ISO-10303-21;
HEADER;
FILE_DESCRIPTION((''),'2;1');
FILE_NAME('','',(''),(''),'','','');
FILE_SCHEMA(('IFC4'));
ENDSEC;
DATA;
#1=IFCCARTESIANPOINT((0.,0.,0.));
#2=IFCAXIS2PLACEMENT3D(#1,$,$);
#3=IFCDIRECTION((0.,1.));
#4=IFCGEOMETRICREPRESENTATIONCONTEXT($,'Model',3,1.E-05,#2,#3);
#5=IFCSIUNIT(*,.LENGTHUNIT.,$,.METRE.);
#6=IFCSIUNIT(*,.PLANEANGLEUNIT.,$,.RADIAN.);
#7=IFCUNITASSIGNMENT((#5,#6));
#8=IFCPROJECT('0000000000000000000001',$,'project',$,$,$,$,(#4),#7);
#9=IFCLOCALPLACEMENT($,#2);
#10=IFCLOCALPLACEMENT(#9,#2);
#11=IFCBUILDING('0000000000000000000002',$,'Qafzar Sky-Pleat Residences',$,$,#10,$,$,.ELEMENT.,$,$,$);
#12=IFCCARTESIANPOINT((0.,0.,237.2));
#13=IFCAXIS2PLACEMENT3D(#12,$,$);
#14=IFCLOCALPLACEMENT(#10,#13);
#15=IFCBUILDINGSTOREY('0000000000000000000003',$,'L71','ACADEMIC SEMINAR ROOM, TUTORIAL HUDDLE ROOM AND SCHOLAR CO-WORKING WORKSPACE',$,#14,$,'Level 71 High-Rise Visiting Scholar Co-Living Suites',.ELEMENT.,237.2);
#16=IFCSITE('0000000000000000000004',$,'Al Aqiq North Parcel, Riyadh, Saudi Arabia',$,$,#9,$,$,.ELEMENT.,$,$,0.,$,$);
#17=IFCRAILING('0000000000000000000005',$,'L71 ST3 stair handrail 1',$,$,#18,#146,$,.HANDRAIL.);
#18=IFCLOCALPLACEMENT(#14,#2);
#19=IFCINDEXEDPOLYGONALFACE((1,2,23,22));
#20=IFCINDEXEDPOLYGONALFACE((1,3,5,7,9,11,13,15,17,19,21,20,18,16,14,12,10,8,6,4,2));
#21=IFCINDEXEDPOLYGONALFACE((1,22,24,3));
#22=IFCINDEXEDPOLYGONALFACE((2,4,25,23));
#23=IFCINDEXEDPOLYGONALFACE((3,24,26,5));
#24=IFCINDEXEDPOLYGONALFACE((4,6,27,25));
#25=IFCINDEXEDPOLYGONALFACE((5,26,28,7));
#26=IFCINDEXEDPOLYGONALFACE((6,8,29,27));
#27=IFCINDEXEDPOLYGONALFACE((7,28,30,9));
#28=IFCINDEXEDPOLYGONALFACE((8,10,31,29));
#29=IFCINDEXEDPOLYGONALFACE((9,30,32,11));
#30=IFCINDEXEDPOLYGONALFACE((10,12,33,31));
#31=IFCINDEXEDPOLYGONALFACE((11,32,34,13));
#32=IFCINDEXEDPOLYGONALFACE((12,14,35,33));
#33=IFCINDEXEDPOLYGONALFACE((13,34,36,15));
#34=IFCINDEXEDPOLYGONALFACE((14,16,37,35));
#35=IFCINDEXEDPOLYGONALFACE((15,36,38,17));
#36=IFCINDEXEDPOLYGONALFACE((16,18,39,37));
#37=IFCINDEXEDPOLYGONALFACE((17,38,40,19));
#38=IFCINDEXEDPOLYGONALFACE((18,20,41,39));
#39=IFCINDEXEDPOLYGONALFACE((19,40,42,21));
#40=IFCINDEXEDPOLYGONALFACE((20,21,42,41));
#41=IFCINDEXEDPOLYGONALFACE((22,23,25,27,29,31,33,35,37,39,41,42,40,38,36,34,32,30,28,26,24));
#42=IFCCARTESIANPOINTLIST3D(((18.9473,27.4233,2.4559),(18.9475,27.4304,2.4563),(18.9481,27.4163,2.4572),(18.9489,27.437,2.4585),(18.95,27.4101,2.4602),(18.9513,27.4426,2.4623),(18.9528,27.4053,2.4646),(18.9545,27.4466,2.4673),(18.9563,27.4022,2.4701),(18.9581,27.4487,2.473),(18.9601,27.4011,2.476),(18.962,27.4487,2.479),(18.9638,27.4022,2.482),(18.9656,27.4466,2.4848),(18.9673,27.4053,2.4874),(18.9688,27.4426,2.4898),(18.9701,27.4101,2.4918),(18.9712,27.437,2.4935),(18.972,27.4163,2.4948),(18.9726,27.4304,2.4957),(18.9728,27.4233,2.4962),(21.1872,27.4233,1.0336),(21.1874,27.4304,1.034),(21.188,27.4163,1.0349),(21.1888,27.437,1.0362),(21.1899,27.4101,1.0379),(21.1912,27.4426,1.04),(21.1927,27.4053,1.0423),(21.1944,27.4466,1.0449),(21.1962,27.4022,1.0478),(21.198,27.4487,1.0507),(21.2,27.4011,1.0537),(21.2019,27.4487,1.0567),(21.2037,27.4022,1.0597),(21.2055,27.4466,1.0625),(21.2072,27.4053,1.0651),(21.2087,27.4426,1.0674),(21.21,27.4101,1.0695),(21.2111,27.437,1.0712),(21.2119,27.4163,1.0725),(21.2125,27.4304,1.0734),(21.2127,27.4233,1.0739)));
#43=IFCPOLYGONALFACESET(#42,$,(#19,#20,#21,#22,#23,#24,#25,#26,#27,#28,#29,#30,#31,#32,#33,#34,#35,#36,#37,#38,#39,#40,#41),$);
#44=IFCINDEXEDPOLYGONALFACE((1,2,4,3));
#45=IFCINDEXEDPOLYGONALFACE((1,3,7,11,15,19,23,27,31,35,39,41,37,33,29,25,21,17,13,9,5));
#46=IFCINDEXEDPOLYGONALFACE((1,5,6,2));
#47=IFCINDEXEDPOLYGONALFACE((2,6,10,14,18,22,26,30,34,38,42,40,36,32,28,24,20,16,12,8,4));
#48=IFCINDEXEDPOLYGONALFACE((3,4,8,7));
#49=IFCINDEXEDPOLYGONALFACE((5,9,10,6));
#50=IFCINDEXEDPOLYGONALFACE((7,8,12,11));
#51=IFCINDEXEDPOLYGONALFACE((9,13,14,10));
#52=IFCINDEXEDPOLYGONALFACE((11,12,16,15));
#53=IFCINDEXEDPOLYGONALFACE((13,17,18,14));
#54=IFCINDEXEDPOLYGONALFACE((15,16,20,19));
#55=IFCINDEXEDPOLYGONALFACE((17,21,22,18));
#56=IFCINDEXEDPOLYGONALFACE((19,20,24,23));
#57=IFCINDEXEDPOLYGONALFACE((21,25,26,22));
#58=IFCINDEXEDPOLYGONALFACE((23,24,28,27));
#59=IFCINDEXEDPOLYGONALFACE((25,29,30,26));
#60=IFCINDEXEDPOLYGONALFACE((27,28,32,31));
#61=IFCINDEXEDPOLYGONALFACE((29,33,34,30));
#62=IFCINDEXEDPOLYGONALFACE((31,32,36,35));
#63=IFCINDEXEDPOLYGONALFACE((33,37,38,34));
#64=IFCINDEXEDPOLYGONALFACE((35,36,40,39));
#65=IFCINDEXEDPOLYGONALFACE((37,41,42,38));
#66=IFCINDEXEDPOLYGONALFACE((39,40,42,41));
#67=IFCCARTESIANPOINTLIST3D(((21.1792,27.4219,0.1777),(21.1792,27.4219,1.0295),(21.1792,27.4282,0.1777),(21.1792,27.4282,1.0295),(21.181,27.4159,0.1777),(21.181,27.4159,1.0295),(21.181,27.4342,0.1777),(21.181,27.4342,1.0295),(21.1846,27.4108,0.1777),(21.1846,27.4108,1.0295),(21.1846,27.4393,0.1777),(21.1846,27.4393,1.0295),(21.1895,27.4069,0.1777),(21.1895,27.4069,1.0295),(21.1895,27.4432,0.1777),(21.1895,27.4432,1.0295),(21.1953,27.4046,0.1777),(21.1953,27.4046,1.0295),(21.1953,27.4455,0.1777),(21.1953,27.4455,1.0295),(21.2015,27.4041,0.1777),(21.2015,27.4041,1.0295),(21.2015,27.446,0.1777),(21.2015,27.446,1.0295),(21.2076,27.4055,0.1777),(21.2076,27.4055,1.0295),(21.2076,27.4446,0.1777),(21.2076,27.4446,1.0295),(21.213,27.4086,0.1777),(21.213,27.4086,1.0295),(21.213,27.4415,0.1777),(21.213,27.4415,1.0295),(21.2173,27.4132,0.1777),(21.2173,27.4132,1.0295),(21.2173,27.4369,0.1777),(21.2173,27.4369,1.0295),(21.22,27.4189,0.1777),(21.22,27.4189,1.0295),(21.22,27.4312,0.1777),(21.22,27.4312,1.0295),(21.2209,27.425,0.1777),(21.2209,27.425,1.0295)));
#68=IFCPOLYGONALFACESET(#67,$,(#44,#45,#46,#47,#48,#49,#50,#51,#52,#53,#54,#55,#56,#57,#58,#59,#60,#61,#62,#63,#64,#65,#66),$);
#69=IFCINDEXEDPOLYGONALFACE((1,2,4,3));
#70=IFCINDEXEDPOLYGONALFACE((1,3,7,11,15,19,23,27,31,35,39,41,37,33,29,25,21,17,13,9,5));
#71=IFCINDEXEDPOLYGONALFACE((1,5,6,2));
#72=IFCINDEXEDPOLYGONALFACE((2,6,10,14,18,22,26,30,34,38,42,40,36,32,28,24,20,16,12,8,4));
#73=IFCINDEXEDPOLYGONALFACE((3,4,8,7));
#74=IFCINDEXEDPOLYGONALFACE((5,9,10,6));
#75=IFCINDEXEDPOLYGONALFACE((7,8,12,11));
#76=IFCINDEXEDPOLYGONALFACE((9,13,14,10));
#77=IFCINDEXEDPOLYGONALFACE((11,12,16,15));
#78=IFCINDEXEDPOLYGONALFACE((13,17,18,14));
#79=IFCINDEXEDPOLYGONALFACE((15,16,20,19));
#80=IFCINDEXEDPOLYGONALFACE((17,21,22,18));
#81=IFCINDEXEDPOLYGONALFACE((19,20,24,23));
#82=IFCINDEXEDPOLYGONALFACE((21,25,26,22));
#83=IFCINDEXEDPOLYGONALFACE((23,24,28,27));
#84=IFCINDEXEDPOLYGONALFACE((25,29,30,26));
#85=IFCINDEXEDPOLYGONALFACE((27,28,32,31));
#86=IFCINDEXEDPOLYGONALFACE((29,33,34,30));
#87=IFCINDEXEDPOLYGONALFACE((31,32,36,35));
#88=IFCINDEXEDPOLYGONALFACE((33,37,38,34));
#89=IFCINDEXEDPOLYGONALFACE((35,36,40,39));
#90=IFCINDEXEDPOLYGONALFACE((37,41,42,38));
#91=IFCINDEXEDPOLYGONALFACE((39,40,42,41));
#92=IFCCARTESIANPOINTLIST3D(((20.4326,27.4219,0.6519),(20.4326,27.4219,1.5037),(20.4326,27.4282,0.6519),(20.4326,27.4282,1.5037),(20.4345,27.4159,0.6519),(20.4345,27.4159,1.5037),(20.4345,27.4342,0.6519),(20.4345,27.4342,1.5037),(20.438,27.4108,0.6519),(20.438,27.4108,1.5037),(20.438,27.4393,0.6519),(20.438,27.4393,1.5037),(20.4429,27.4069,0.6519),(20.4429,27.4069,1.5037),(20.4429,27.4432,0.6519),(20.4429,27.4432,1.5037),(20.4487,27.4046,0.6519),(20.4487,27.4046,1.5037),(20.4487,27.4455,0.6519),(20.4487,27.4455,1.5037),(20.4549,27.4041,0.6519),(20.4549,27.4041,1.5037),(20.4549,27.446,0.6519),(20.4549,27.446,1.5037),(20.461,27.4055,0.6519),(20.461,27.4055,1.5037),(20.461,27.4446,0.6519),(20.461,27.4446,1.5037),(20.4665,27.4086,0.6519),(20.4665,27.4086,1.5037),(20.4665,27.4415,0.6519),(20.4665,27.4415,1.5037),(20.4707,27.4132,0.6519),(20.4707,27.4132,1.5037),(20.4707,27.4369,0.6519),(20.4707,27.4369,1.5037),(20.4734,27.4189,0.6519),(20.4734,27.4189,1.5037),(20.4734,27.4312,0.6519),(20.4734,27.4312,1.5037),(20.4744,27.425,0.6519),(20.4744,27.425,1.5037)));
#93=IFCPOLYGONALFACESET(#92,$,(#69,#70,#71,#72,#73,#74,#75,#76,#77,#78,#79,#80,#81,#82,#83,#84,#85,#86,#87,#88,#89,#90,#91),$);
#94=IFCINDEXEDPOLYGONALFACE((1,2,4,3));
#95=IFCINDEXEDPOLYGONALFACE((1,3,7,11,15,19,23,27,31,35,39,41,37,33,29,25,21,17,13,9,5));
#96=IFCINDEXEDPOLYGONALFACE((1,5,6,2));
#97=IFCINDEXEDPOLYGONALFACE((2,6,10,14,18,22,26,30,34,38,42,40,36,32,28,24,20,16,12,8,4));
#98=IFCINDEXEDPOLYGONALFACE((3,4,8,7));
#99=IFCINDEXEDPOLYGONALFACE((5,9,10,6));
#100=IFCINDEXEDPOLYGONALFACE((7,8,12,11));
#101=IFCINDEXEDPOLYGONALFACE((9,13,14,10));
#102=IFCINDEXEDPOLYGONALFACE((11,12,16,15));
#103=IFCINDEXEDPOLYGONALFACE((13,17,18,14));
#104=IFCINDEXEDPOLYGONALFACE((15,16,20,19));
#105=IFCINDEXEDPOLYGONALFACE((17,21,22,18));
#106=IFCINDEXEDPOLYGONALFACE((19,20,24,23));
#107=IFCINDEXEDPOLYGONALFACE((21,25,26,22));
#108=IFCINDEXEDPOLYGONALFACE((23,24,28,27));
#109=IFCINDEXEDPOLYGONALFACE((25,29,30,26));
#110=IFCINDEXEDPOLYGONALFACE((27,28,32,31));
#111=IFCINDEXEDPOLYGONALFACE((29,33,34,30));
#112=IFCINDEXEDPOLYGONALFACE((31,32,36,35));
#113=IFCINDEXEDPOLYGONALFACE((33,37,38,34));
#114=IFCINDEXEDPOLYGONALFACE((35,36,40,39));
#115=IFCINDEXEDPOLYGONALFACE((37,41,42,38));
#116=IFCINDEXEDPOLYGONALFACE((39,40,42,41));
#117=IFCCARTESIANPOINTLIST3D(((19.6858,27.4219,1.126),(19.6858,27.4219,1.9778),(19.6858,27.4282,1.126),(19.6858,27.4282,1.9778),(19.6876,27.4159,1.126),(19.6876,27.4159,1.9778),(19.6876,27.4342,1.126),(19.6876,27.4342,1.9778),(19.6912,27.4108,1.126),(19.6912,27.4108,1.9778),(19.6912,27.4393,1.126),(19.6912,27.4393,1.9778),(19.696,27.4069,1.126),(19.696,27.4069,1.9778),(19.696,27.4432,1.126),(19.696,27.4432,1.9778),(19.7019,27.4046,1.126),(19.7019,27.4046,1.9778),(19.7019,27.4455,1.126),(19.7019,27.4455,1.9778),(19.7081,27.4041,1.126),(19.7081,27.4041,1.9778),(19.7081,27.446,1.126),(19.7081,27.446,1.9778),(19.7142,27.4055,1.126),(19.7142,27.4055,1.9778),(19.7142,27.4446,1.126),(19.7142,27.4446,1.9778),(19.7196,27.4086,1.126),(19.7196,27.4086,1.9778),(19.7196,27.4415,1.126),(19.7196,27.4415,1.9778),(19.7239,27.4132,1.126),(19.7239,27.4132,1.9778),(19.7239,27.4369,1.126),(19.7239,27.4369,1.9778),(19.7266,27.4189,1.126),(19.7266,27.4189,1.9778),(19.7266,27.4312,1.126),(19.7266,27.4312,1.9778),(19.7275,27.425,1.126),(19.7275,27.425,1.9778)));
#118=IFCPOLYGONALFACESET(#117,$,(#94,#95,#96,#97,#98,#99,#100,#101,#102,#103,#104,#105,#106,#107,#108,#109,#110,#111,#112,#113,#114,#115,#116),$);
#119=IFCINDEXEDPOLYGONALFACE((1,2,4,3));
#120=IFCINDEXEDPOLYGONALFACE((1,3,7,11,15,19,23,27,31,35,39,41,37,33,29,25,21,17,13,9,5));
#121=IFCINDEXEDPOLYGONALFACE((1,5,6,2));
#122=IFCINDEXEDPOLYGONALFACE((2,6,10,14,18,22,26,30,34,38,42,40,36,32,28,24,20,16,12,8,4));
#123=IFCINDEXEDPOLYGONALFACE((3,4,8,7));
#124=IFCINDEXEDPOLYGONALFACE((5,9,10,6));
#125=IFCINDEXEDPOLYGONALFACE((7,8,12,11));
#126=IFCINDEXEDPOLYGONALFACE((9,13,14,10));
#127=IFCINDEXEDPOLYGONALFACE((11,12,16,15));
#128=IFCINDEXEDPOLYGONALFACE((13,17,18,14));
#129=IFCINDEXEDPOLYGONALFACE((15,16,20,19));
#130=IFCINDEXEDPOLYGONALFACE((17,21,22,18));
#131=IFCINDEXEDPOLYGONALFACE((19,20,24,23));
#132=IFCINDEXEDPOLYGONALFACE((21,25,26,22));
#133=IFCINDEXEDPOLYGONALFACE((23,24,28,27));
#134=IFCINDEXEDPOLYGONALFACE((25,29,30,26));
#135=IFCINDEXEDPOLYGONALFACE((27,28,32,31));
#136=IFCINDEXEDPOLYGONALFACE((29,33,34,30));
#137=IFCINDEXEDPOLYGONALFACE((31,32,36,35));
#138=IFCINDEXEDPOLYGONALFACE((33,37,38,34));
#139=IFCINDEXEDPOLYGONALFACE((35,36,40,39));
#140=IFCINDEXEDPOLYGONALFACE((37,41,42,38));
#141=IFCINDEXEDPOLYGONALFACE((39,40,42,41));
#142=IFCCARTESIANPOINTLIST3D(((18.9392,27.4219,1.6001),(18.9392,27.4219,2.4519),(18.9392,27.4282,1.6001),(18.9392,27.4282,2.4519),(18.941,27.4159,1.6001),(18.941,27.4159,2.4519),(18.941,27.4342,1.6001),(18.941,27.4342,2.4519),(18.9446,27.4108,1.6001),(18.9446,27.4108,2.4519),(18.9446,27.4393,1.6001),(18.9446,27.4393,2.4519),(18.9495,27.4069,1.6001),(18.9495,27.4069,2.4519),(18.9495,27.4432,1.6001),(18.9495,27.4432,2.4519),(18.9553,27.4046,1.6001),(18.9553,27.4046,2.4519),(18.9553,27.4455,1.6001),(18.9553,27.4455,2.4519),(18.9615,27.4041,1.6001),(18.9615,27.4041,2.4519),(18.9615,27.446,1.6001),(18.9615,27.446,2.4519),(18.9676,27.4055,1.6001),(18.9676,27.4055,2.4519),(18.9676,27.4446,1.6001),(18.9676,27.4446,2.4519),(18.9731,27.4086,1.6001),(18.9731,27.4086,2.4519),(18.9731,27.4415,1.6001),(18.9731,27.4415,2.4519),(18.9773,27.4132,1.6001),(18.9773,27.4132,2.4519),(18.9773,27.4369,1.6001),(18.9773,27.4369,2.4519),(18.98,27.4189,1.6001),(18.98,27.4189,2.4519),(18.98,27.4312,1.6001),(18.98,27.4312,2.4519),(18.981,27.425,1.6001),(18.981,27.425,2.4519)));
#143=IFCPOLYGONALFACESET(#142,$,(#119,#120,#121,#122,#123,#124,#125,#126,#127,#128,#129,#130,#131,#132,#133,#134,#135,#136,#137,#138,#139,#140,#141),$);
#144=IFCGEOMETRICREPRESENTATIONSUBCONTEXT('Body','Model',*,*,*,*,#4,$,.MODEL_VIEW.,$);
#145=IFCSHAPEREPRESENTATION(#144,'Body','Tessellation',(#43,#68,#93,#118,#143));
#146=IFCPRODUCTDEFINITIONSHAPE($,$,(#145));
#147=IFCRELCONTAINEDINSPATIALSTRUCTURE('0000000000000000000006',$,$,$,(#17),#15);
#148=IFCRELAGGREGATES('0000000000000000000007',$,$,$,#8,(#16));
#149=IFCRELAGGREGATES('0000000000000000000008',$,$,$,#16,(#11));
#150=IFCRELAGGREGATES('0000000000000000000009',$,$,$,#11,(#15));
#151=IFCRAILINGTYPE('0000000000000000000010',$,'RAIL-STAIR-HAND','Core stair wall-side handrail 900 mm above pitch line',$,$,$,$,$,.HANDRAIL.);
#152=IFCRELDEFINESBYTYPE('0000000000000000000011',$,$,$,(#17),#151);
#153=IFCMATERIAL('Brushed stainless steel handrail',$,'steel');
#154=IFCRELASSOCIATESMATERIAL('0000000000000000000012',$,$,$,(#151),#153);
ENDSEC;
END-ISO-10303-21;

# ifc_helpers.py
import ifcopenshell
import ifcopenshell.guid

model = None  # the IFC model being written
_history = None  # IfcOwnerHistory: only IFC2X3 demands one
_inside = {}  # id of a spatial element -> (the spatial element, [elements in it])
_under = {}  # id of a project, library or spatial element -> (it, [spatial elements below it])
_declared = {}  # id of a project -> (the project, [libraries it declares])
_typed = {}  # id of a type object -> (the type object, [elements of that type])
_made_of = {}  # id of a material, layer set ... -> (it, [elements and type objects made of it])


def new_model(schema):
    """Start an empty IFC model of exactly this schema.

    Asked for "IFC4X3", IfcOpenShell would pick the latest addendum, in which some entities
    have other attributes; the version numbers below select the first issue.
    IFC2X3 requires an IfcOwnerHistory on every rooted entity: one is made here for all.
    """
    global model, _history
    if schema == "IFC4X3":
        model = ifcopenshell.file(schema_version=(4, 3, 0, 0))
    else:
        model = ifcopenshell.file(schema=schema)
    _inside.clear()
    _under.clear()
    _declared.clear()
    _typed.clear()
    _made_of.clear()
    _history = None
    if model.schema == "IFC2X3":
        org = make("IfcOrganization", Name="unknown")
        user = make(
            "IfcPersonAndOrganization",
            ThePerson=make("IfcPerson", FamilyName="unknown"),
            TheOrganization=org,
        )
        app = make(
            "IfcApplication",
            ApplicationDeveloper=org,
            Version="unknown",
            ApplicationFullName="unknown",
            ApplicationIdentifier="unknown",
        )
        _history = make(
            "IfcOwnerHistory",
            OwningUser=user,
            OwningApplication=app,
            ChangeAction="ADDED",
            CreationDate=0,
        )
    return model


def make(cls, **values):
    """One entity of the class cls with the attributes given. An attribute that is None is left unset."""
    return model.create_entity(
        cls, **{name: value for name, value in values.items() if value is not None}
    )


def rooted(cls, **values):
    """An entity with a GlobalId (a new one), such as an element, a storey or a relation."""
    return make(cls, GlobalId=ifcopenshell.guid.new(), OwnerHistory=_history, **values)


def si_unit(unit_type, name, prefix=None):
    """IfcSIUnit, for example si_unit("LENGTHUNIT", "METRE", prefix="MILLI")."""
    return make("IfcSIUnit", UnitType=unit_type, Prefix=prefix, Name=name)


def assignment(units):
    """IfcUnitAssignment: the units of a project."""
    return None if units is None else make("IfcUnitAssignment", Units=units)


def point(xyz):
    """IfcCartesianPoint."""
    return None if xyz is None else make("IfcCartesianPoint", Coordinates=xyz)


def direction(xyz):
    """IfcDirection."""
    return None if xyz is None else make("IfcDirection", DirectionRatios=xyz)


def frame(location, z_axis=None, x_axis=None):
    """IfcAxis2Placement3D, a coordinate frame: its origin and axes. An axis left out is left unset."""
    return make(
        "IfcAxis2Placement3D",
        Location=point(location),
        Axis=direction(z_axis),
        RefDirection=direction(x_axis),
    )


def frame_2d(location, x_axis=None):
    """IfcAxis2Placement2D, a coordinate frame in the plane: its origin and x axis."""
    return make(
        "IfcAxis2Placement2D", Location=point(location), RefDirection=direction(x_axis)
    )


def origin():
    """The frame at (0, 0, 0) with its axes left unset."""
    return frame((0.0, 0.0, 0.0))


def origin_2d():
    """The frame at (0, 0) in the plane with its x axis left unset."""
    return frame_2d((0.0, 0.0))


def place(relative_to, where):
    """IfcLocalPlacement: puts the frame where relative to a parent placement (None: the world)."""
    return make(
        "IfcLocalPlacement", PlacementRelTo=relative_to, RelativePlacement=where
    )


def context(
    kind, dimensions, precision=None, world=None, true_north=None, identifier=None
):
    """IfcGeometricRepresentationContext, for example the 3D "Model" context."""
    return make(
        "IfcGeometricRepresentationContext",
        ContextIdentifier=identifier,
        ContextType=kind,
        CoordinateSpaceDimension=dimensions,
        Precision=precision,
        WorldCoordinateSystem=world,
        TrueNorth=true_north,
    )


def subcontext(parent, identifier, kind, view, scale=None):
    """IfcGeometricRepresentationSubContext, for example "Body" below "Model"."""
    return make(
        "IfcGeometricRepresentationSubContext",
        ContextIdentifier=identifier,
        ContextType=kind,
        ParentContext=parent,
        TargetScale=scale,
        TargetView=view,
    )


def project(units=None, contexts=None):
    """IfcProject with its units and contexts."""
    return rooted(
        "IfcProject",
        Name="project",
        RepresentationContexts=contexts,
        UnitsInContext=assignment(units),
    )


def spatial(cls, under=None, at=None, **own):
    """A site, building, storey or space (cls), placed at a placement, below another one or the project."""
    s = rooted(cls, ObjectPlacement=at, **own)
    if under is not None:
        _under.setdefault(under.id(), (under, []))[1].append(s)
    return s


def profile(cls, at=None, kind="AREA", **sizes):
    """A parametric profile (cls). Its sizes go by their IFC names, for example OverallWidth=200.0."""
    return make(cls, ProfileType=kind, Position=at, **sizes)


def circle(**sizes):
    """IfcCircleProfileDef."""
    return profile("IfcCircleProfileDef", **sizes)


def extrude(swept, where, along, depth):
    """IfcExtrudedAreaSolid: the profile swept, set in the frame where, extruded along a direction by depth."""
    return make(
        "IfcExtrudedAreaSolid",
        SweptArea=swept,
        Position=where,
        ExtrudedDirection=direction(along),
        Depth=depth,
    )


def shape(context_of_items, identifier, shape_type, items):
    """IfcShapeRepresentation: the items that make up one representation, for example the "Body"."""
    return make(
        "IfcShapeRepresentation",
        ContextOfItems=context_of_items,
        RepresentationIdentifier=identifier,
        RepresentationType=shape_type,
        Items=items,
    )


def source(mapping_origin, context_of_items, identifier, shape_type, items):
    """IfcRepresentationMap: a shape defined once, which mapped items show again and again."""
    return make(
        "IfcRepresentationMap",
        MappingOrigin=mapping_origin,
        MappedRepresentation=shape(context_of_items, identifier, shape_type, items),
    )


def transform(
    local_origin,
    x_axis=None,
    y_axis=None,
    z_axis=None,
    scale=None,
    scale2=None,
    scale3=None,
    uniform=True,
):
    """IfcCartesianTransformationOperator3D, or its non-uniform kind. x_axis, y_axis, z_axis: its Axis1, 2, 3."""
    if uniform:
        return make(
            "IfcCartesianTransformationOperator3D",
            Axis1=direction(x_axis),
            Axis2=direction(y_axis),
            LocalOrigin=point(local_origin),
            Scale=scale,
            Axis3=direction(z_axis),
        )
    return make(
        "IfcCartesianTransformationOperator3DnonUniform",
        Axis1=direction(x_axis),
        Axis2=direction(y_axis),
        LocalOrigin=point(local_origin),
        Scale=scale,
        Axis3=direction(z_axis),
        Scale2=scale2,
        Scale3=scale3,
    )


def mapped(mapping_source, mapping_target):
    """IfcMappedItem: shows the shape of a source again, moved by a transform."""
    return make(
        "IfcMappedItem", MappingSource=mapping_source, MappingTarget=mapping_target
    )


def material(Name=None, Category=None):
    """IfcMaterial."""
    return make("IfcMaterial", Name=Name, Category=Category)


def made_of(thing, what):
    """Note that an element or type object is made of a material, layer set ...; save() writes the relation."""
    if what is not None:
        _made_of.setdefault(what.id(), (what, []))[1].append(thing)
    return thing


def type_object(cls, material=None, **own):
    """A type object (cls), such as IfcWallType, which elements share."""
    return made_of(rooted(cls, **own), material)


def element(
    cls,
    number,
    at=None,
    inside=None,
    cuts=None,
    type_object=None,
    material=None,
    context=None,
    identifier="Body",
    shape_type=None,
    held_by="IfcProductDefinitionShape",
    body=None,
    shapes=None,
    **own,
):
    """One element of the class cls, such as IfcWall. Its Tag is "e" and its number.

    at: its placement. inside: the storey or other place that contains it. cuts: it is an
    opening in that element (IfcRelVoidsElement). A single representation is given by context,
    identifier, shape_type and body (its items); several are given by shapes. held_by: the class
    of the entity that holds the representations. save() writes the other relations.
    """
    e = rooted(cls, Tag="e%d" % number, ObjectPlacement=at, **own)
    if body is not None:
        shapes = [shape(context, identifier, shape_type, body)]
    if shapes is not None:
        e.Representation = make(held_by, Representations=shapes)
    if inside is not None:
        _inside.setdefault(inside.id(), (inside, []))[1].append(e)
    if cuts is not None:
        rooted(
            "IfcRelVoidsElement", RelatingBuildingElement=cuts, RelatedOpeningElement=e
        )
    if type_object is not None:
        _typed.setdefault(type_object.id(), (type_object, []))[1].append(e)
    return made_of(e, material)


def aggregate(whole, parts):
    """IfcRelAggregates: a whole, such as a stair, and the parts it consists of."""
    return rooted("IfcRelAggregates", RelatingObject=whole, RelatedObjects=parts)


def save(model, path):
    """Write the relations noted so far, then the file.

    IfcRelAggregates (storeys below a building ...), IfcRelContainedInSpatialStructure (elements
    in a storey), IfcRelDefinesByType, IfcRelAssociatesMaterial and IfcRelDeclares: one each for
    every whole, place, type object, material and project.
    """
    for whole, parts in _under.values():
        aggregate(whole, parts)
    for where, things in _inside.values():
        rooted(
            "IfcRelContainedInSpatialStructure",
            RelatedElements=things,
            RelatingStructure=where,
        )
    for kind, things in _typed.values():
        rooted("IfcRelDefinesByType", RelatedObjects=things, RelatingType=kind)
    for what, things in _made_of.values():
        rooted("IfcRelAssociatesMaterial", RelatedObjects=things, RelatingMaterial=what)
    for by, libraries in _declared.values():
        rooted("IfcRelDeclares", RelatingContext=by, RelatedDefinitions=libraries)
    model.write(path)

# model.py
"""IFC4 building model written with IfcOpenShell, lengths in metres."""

from ifc_helpers import new_model, si_unit, direction, frame, origin, origin_2d, place, context, subcontext, project, spatial, circle, extrude, source, transform, mapped, material, type_object, element, save


model = new_model("IFC4")

# Units and contexts
model_context = context("Model", 3, precision=1e-05, world=origin(), true_north=direction((0.0, 1.0)))
body_context = subcontext(model_context, "Body", "Model", "MODEL_VIEW")
ifc_project = project(units=[si_unit("LENGTHUNIT", "METRE"), si_unit("PLANEANGLEUNIT", "RADIAN")], contexts=[model_context])

# Site, building, storey
site_placement = place(None, origin())
site = spatial("IfcSite", under=ifc_project, at=site_placement, Name="Al Aqiq North Parcel, Riyadh, Saudi Arabia", CompositionType="ELEMENT", RefElevation=0.0)
building_placement = place(site_placement, origin())
building = spatial("IfcBuilding", under=site, at=building_placement, Name="Qafzar Sky-Pleat Residences", CompositionType="ELEMENT")
storey_placement = place(building_placement, frame((0.0, 0.0, 237.2)))
storey = spatial("IfcBuildingStorey", under=building, at=storey_placement, Name="L71", Description="ACADEMIC SEMINAR ROOM, TUTORIAL HUDDLE ROOM AND SCHOLAR CO-WORKING WORKSPACE", LongName="Level 71 High-Rise Visiting Scholar Co-Living Suites", CompositionType="ELEMENT", Elevation=237.2)

# Railing
ifc_material_1 = material(Name="Brushed stainless steel handrail", Category="steel")
railing_type_1 = type_object("IfcRailingType", Name="RAIL-STAIR-HAND", Description="Core stair wall-side handrail 900 mm above pitch line", PredefinedType="HANDRAIL", material=ifc_material_1)
shared_shape_1 = source(origin(), body_context, "Body", "SweptSolid", [
    extrude(circle(Radius=0.0239, at=origin_2d()), frame((0.0, 0.0, 0.876), z_axis=(-0.844188, 0.0, 0.536048), x_axis=(0.0, -1.0, 0.0)), (0.0, 0.0, 1.0), 2.6533),
    extrude(circle(Radius=0.021, at=origin_2d()), origin(), (0.0, 0.0, 1.0), 0.8518),
    extrude(circle(Radius=0.021, at=origin_2d()), frame((-0.7466, 0.0, 0.4741)), (0.0, 0.0, 1.0), 0.8518),
    extrude(circle(Radius=0.021, at=origin_2d()), frame((-1.4934, 0.0, 0.9482)), (0.0, 0.0, 1.0), 0.8518),
    extrude(circle(Radius=0.021, at=origin_2d()), frame((-2.24, 0.0, 1.4224)), (0.0, 0.0, 1.0), 0.8518),
])
railing_1_placement = place(storey_placement, frame((21.2, 27.425, 0.1777)))
element("IfcRailing", 1, at=railing_1_placement, inside=storey, type_object=railing_type_1, Name="L71 ST3 stair handrail 1", PredefinedType="HANDRAIL", context=body_context, shape_type="MappedRepresentation", body=[
    mapped(shared_shape_1, transform((0.0, 0.0, 0.0), x_axis=(1.0, 0.0, 0.0), y_axis=(0.0, 1.0, 0.0), z_axis=(0.0, 0.0, 1.0), scale=1.0)),
])

save(model, "model.ifc")
